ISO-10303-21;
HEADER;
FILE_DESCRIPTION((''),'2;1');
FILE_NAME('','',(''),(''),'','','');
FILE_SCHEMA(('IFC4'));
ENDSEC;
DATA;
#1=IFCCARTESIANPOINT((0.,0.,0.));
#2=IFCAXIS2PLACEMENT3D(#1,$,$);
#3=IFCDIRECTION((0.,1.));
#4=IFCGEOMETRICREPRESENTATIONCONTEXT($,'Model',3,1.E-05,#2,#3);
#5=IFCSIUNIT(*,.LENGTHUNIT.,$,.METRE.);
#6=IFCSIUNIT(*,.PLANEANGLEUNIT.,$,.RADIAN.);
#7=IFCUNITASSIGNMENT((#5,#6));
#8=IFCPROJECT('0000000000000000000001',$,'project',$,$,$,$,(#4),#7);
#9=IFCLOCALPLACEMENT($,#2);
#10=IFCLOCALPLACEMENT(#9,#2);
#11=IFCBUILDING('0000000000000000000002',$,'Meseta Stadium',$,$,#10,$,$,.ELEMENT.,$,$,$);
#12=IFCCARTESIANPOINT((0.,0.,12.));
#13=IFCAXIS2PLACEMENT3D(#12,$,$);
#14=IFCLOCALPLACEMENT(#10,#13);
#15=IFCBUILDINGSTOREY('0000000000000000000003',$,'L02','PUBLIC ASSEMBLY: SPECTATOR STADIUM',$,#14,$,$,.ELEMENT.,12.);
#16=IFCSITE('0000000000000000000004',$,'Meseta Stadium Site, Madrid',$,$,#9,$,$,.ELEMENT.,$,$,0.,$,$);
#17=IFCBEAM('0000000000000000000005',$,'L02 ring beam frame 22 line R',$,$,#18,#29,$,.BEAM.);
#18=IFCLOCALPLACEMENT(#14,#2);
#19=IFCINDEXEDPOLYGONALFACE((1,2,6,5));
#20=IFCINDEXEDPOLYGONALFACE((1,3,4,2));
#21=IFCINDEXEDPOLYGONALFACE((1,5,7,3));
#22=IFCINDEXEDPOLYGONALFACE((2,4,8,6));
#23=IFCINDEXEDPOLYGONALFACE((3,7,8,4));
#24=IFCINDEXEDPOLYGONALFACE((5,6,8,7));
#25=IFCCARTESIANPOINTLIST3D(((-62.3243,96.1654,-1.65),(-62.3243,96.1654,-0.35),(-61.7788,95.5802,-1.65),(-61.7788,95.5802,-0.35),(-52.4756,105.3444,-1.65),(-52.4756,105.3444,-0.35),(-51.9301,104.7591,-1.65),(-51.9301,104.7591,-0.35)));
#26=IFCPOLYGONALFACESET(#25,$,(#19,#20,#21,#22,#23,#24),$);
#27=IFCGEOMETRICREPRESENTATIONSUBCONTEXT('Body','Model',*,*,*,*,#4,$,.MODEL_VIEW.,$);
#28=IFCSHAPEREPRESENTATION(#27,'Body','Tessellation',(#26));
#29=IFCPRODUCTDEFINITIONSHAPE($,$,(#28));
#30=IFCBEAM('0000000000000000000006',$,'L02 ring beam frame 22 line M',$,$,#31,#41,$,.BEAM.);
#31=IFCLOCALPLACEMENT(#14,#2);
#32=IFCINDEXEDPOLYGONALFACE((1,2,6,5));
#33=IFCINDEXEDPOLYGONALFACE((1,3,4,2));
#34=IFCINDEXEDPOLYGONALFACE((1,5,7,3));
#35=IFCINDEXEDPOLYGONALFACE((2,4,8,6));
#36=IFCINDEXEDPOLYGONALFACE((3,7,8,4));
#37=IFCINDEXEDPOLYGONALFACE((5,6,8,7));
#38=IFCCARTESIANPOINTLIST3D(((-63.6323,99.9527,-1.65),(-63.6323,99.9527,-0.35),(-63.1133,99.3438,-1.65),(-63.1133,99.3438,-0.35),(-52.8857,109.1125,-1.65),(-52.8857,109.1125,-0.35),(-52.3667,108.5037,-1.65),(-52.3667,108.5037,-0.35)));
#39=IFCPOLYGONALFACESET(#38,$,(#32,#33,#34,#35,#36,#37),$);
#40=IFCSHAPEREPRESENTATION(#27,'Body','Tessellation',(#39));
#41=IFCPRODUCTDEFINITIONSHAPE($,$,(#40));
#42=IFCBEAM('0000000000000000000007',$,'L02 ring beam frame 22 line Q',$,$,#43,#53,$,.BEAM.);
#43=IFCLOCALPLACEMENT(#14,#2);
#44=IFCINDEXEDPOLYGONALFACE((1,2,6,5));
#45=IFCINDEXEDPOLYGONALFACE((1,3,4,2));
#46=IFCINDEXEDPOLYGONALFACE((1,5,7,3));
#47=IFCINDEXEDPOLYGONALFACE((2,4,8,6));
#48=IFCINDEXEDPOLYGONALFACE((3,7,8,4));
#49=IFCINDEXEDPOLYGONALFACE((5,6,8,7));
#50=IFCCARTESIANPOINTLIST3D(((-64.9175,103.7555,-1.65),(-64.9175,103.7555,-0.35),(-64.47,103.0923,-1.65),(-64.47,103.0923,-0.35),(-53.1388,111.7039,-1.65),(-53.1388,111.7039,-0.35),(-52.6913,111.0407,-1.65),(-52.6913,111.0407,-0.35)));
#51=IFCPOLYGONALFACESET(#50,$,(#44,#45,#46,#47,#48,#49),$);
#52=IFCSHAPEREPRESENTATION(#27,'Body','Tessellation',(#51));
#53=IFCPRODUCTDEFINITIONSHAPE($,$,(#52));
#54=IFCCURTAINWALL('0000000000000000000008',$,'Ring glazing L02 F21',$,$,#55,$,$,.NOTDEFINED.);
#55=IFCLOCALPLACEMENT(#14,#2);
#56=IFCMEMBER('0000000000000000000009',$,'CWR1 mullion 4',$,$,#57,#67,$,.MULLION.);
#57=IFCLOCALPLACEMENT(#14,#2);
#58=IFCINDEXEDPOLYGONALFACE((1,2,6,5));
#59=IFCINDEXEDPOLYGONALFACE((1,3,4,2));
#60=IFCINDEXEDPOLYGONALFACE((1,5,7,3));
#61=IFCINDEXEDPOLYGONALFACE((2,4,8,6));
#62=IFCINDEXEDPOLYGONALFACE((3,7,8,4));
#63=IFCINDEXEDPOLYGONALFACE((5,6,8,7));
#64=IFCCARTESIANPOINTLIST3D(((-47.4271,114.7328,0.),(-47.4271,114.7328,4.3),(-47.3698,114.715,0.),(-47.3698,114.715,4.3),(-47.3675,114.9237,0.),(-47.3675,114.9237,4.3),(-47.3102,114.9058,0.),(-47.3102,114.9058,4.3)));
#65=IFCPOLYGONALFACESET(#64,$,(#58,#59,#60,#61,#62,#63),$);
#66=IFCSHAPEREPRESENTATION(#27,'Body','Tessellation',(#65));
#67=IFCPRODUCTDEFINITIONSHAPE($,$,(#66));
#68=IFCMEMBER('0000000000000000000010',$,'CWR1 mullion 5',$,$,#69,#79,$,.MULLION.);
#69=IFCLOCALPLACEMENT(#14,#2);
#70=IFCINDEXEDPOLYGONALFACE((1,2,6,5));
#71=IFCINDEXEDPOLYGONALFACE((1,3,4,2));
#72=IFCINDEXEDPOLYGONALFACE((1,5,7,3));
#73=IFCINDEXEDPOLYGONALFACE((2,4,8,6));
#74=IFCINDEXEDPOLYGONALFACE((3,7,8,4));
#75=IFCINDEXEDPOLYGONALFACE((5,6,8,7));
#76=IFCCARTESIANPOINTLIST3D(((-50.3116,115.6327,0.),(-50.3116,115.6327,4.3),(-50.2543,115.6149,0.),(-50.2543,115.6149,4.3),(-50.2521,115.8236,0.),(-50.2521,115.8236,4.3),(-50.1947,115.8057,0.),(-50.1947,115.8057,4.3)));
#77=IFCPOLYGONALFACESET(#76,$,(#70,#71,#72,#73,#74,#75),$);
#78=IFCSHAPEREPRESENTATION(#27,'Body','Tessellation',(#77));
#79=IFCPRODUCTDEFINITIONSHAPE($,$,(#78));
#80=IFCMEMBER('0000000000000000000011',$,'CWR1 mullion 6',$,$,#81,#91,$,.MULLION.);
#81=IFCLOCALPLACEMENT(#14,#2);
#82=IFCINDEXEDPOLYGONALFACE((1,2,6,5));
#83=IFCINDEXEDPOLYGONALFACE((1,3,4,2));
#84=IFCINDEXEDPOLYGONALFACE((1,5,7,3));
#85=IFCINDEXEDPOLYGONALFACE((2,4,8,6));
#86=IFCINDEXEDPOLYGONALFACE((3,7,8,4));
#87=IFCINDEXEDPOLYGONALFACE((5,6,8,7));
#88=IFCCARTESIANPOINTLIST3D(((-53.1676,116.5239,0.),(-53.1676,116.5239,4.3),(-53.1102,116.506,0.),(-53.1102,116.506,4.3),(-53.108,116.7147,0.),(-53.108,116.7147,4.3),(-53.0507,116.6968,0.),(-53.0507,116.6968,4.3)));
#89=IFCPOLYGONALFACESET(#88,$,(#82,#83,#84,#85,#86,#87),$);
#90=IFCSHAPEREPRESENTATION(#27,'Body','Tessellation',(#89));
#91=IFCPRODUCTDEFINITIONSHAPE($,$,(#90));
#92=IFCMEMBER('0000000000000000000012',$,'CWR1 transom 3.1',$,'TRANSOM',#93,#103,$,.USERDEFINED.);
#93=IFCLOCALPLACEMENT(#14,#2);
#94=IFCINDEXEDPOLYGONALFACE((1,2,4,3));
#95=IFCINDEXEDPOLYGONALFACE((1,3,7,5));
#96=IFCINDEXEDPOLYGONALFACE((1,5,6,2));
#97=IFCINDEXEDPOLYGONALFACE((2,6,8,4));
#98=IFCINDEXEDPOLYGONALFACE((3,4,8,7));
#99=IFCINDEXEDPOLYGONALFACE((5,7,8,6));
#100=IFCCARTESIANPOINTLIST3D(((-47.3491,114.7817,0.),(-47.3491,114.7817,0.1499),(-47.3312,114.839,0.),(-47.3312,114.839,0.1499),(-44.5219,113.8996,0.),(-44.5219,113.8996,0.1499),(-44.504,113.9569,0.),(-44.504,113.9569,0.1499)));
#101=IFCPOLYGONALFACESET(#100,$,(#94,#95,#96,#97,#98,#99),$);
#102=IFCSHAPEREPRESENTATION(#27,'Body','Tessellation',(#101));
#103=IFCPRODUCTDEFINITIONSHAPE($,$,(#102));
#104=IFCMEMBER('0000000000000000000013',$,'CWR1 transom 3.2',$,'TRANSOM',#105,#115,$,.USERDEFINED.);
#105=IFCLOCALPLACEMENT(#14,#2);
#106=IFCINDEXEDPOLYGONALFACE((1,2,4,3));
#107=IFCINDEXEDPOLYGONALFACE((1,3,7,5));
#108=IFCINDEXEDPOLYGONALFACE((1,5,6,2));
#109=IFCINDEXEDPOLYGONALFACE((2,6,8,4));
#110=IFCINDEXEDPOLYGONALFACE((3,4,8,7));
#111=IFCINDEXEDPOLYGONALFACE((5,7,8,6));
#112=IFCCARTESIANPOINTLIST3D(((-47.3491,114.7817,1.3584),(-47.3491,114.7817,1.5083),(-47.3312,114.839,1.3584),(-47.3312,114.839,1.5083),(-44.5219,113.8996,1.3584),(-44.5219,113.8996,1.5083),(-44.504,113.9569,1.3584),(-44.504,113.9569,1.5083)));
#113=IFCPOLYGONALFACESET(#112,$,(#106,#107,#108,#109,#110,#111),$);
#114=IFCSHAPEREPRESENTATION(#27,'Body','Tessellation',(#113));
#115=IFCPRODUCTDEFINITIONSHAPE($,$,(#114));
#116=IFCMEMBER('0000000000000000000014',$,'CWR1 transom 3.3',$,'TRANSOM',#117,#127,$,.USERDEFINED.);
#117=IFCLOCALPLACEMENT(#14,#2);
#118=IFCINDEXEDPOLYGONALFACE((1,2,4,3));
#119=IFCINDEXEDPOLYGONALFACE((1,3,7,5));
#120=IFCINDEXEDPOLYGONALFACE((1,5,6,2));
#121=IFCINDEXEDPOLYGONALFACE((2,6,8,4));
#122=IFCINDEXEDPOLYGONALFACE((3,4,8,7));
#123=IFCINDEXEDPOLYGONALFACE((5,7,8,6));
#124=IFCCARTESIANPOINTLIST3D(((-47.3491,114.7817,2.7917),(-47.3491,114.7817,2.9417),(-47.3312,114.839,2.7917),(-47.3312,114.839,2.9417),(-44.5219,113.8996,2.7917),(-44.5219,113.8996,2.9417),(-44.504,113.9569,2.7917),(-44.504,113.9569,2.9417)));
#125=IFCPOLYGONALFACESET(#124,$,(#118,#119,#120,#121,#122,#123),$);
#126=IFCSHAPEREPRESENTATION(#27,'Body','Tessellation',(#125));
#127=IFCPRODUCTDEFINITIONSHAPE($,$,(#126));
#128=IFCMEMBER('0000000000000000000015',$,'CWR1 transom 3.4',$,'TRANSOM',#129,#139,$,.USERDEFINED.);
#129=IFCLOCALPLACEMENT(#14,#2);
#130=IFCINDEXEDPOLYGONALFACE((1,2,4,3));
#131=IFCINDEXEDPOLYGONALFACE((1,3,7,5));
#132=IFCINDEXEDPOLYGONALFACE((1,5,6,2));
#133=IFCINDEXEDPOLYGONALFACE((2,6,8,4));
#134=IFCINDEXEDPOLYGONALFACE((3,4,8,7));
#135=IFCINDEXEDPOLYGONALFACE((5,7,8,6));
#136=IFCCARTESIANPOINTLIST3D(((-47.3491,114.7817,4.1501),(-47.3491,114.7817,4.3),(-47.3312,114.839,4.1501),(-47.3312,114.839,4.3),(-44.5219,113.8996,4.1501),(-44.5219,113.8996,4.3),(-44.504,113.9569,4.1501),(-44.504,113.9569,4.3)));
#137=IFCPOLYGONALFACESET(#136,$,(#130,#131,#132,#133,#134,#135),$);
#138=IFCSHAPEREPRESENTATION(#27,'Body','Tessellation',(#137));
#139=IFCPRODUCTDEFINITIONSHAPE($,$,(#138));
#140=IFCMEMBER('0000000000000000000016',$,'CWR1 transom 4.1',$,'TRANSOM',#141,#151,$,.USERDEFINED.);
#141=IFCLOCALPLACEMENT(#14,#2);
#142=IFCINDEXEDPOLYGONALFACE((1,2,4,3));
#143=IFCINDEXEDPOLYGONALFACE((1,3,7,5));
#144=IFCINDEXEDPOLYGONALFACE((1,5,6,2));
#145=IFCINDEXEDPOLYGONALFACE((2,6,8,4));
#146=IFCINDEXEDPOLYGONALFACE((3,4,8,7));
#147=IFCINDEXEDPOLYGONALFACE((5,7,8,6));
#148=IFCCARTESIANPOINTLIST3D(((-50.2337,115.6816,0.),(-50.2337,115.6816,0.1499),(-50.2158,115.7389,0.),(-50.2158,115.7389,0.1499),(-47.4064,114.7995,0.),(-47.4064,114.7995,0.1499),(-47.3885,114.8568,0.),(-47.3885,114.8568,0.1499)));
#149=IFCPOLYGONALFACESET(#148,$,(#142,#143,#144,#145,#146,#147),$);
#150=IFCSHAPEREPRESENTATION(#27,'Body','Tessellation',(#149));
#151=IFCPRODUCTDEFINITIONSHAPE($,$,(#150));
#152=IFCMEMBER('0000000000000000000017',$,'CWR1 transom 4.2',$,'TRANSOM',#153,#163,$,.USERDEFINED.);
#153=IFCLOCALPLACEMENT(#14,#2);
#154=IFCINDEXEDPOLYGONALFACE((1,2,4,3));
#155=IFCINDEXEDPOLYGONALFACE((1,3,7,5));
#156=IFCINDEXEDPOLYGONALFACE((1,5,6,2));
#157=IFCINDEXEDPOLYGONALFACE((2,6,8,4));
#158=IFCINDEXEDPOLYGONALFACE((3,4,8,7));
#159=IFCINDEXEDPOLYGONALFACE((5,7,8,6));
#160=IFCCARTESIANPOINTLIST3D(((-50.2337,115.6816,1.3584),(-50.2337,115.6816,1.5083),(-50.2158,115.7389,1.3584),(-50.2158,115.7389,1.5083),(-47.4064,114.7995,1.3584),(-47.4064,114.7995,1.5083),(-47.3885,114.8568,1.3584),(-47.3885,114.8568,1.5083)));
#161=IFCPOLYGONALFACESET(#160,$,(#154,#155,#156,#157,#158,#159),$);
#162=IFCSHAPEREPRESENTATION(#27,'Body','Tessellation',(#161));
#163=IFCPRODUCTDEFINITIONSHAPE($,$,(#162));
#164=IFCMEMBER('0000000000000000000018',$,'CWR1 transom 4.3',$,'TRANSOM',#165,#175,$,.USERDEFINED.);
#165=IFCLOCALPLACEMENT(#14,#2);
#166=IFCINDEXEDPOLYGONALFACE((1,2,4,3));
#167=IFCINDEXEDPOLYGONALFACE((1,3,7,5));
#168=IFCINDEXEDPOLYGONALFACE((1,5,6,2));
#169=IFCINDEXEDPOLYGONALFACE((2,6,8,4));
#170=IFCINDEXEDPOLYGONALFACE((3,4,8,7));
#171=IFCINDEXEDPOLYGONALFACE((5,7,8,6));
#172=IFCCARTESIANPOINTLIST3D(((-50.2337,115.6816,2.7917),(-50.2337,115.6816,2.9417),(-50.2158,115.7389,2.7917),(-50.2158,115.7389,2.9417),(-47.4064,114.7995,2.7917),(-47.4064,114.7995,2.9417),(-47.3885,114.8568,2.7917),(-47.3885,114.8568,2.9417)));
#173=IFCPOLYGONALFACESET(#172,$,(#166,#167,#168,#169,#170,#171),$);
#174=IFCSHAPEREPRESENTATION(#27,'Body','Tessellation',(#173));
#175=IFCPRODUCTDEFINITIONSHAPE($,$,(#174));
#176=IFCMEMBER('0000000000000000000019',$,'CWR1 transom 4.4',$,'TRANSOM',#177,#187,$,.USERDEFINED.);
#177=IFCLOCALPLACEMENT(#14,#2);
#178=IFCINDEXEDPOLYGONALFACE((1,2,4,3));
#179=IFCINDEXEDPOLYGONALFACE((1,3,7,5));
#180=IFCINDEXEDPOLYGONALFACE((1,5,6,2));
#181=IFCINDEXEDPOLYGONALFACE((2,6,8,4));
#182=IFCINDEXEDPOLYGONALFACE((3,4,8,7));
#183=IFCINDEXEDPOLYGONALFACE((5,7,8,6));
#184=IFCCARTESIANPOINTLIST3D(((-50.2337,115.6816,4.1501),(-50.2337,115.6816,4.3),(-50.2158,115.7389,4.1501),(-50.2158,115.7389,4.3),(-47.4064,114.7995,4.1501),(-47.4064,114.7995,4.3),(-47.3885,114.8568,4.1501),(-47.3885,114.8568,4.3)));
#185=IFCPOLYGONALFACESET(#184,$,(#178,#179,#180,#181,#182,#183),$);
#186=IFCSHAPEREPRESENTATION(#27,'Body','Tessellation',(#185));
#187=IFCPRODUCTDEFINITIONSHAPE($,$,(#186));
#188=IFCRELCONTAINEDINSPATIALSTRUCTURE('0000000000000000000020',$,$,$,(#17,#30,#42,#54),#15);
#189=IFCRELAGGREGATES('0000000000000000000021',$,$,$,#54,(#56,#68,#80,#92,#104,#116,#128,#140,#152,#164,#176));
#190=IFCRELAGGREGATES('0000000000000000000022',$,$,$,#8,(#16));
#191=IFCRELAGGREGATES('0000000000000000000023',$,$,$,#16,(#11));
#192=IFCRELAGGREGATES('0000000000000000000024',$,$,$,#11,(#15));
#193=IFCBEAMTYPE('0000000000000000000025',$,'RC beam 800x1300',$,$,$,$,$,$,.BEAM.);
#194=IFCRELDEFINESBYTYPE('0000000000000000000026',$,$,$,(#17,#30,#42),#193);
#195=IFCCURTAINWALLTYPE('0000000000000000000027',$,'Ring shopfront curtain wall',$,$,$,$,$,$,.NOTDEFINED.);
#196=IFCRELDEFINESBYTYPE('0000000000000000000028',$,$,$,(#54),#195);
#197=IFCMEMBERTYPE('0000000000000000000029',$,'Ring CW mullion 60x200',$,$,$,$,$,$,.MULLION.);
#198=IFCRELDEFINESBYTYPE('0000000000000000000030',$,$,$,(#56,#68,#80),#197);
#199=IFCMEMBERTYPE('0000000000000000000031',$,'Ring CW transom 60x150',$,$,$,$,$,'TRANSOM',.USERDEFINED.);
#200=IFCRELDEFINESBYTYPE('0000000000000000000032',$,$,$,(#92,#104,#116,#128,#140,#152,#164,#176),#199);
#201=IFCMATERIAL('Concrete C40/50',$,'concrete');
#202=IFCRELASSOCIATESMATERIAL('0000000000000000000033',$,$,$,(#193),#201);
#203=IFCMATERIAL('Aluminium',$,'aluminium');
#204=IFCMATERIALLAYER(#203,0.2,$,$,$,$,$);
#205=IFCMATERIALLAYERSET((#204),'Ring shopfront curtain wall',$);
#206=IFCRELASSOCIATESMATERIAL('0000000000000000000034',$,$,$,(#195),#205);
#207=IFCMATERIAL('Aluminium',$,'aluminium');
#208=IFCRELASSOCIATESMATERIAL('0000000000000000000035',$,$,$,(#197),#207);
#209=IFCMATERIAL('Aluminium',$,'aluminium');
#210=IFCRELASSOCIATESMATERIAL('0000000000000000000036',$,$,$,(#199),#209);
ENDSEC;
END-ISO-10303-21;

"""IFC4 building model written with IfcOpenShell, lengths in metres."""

from ifc_helpers import new_model, si_unit, direction, frame, origin, origin_2d, place, context, subcontext, project, spatial, rectangle, extrude, material, layer, layer_set, material_profile, profile_set, type_object, element, aggregate, save


model = new_model("IFC4")

# Units and contexts
model_context = context("Model", 3, precision=1e-05, world=origin(), true_north=direction((0.0, 1.0)))
body_context = subcontext(model_context, "Body", "Model", "MODEL_VIEW")
ifc_project = project(units=[si_unit("LENGTHUNIT", "METRE"), si_unit("PLANEANGLEUNIT", "RADIAN")], contexts=[model_context])

# Site, building, storey
site_placement = place(None, origin())
site = spatial("IfcSite", under=ifc_project, at=site_placement, Name="Meseta Stadium Site, Madrid", CompositionType="ELEMENT", RefElevation=0.0)
building_placement = place(site_placement, origin())
building = spatial("IfcBuilding", under=site, at=building_placement, Name="Meseta Stadium", CompositionType="ELEMENT")
storey_placement = place(building_placement, frame((0.0, 0.0, 12.0)))
storey = spatial("IfcBuildingStorey", under=building, at=storey_placement, Name="L02", Description="PUBLIC ASSEMBLY: SPECTATOR STADIUM", CompositionType="ELEMENT", Elevation=12.0)

# Beams
ifc_material_1 = material(Name="Concrete C40/50", Category="concrete")
ifc_material_profile_1 = material_profile(ifc_material_1, rectangle(XDim=0.8, YDim=1.3, at=origin_2d()), Name="RC 800x1300")
ifc_profile_set_1 = profile_set([ifc_material_profile_1], Name="Concrete C40/50")
beam_type_1 = type_object("IfcBeamType", Name="RC beam 800x1300", PredefinedType="BEAM", material=ifc_profile_set_1)
beam_1_placement = place(storey_placement, frame((-52.2029, 105.0518, -1.0), z_axis=(-0.731541, -0.681798, 0.0), x_axis=(0.681798, -0.731541, 0.0)))
element("IfcBeam", 1, at=beam_1_placement, inside=storey, type_object=beam_type_1, Name="L02 ring beam frame 22 line R", PredefinedType="BEAM", context=body_context, shape_type="SweptSolid", body=[
    extrude(rectangle(XDim=0.8, YDim=1.3, at=origin_2d()), origin(), (0.0, 0.0, 1.0), 13.4629),
])
beam_2_placement = place(storey_placement, frame((-52.6262, 108.8081, -1.0), z_axis=(-0.761054, -0.648689, 0.0), x_axis=(0.648689, -0.761054, 0.0)))
element("IfcBeam", 2, at=beam_2_placement, inside=storey, type_object=beam_type_1, Name="L02 ring beam frame 22 line M", PredefinedType="BEAM", context=body_context, shape_type="SweptSolid", body=[
    extrude(rectangle(XDim=0.8, YDim=1.3, at=origin_2d()), origin(), (0.0, 0.0, 1.0), 14.1206),
])
beam_3_placement = place(storey_placement, frame((-52.915, 111.3723, -1.0), z_axis=(-0.828921, -0.559366, 0.0), x_axis=(0.559366, -0.828921, 0.0)))
element("IfcBeam", 3, at=beam_3_placement, inside=storey, type_object=beam_type_1, Name="L02 ring beam frame 22 line Q", PredefinedType="BEAM", context=body_context, shape_type="SweptSolid", body=[
    extrude(rectangle(XDim=0.8, YDim=1.3, at=origin_2d()), origin(), (0.0, 0.0, 1.0), 14.2097),
])

# Curtain wall, members
ifc_material_2 = material(Name="Aluminium", Category="aluminium")
ifc_layer_1 = layer(ifc_material_2, 0.2)
ifc_layer_set_1 = layer_set([ifc_layer_1], Name="Ring shopfront curtain wall")
curtain_wall_type = type_object("IfcCurtainWallType", Name="Ring shopfront curtain wall", PredefinedType="NOTDEFINED", material=ifc_layer_set_1)
curtain_wall_placement = place(storey_placement, origin())
curtain_wall = element("IfcCurtainWall", 4, at=curtain_wall_placement, inside=storey, type_object=curtain_wall_type, Name="Ring glazing L02 F21", PredefinedType="NOTDEFINED")
ifc_material_3 = material(Name="Aluminium", Category="aluminium")
ifc_material_profile_2 = material_profile(ifc_material_3, rectangle(XDim=0.2, YDim=0.0601, at=origin_2d()), Name="CW 200x60")
ifc_profile_set_2 = profile_set([ifc_material_profile_2], Name="Aluminium")
member_type_1 = type_object("IfcMemberType", Name="Ring CW mullion 60x200", PredefinedType="MULLION", material=ifc_profile_set_2)
member_1_placement = place(storey_placement, frame((-47.3687, 114.8193, 0.0), z_axis=(0.0, 0.0, 1.0), x_axis=(-0.297861, -0.954609, 0.0)))
member_1 = element("IfcMember", 5, at=member_1_placement, type_object=member_type_1, Name="CWR1 mullion 4", PredefinedType="MULLION", context=body_context, shape_type="SweptSolid", body=[
    extrude(rectangle(XDim=0.2, YDim=0.0601, at=origin_2d()), origin(), (0.0, 0.0, 1.0), 4.3),
])
member_2_placement = place(storey_placement, frame((-50.2532, 115.7192, 0.0), z_axis=(0.0, 0.0, 1.0), x_axis=(-0.297861, -0.954609, 0.0)))
member_2 = element("IfcMember", 6, at=member_2_placement, type_object=member_type_1, Name="CWR1 mullion 5", PredefinedType="MULLION", context=body_context, shape_type="SweptSolid", body=[
    extrude(rectangle(XDim=0.2, YDim=0.0601, at=origin_2d()), origin(), (0.0, 0.0, 1.0), 4.3),
])
member_3_placement = place(storey_placement, frame((-53.1091, 116.6104, 0.0), z_axis=(0.0, 0.0, 1.0), x_axis=(-0.297861, -0.954609, 0.0)))
member_3 = element("IfcMember", 7, at=member_3_placement, type_object=member_type_1, Name="CWR1 mullion 6", PredefinedType="MULLION", context=body_context, shape_type="SweptSolid", body=[
    extrude(rectangle(XDim=0.2, YDim=0.0601, at=origin_2d()), origin(), (0.0, 0.0, 1.0), 4.3),
])
ifc_material_4 = material(Name="Aluminium", Category="aluminium")
ifc_material_profile_3 = material_profile(ifc_material_4, rectangle(XDim=0.0601, YDim=0.1499, at=origin_2d()), Name="CW 60x150")
ifc_profile_set_3 = profile_set([ifc_material_profile_3], Name="Aluminium")
member_type_2 = type_object("IfcMemberType", Name="Ring CW transom 60x150", ElementType="TRANSOM", PredefinedType="USERDEFINED", material=ifc_profile_set_3)
member_4_placement = place(storey_placement, frame((-44.5129, 113.9282, 0.075), z_axis=(-0.954615, 0.297843, 0.0), x_axis=(-0.297843, -0.954615, 0.0)))
member_4 = element("IfcMember", 8, at=member_4_placement, type_object=member_type_2, Name="CWR1 transom 3.1", ObjectType="TRANSOM", PredefinedType="USERDEFINED", context=body_context, shape_type="SweptSolid", body=[
    extrude(rectangle(XDim=0.0601, YDim=0.1499, at=origin_2d()), origin(), (0.0, 0.0, 1.0), 2.9617),
])
member_5_placement = place(storey_placement, frame((-44.5129, 113.9282, 1.4333), z_axis=(-0.954615, 0.297843, 0.0), x_axis=(-0.297843, -0.954615, 0.0)))
member_5 = element("IfcMember", 9, at=member_5_placement, type_object=member_type_2, Name="CWR1 transom 3.2", ObjectType="TRANSOM", PredefinedType="USERDEFINED", context=body_context, shape_type="SweptSolid", body=[
    extrude(rectangle(XDim=0.0601, YDim=0.1499, at=origin_2d()), origin(), (0.0, 0.0, 1.0), 2.9617),
])
member_6_placement = place(storey_placement, frame((-44.5129, 113.9282, 2.8667), z_axis=(-0.954615, 0.297843, 0.0), x_axis=(-0.297843, -0.954615, 0.0)))
member_6 = element("IfcMember", 10, at=member_6_placement, type_object=member_type_2, Name="CWR1 transom 3.3", ObjectType="TRANSOM", PredefinedType="USERDEFINED", context=body_context, shape_type="SweptSolid", body=[
    extrude(rectangle(XDim=0.0601, YDim=0.1499, at=origin_2d()), origin(), (0.0, 0.0, 1.0), 2.9617),
])
member_7_placement = place(storey_placement, frame((-44.5129, 113.9282, 4.2251), z_axis=(-0.954615, 0.297843, 0.0), x_axis=(-0.297843, -0.954615, 0.0)))
member_7 = element("IfcMember", 11, at=member_7_placement, type_object=member_type_2, Name="CWR1 transom 3.4", ObjectType="TRANSOM", PredefinedType="USERDEFINED", context=body_context, shape_type="SweptSolid", body=[
    extrude(rectangle(XDim=0.0601, YDim=0.1499, at=origin_2d()), origin(), (0.0, 0.0, 1.0), 2.9617),
])
member_8_placement = place(storey_placement, frame((-47.3975, 114.8281, 0.075), z_axis=(-0.954615, 0.297843, 0.0), x_axis=(-0.297843, -0.954615, 0.0)))
member_8 = element("IfcMember", 12, at=member_8_placement, type_object=member_type_2, Name="CWR1 transom 4.1", ObjectType="TRANSOM", PredefinedType="USERDEFINED", context=body_context, shape_type="SweptSolid", body=[
    extrude(rectangle(XDim=0.0601, YDim=0.1499, at=origin_2d()), origin(), (0.0, 0.0, 1.0), 2.9617),
])
member_9_placement = place(storey_placement, frame((-47.3975, 114.8281, 1.4333), z_axis=(-0.954615, 0.297843, 0.0), x_axis=(-0.297843, -0.954615, 0.0)))
member_9 = element("IfcMember", 13, at=member_9_placement, type_object=member_type_2, Name="CWR1 transom 4.2", ObjectType="TRANSOM", PredefinedType="USERDEFINED", context=body_context, shape_type="SweptSolid", body=[
    extrude(rectangle(XDim=0.0601, YDim=0.1499, at=origin_2d()), origin(), (0.0, 0.0, 1.0), 2.9617),
])
member_10_placement = place(storey_placement, frame((-47.3975, 114.8281, 2.8667), z_axis=(-0.954615, 0.297843, 0.0), x_axis=(-0.297843, -0.954615, 0.0)))
member_10 = element("IfcMember", 14, at=member_10_placement, type_object=member_type_2, Name="CWR1 transom 4.3", ObjectType="TRANSOM", PredefinedType="USERDEFINED", context=body_context, shape_type="SweptSolid", body=[
    extrude(rectangle(XDim=0.0601, YDim=0.1499, at=origin_2d()), origin(), (0.0, 0.0, 1.0), 2.9617),
])
member_11_placement = place(storey_placement, frame((-47.3975, 114.8281, 4.2251), z_axis=(-0.954615, 0.297843, 0.0), x_axis=(-0.297843, -0.954615, 0.0)))
member_11 = element("IfcMember", 15, at=member_11_placement, type_object=member_type_2, Name="CWR1 transom 4.4", ObjectType="TRANSOM", PredefinedType="USERDEFINED", context=body_context, shape_type="SweptSolid", body=[
    extrude(rectangle(XDim=0.0601, YDim=0.1499, at=origin_2d()), origin(), (0.0, 0.0, 1.0), 2.9617),
])
aggregate(curtain_wall, [member_1, member_2, member_3, member_4, member_5, member_6, member_7, member_8, member_9, member_10, member_11])

save(model, "model.ifc")
